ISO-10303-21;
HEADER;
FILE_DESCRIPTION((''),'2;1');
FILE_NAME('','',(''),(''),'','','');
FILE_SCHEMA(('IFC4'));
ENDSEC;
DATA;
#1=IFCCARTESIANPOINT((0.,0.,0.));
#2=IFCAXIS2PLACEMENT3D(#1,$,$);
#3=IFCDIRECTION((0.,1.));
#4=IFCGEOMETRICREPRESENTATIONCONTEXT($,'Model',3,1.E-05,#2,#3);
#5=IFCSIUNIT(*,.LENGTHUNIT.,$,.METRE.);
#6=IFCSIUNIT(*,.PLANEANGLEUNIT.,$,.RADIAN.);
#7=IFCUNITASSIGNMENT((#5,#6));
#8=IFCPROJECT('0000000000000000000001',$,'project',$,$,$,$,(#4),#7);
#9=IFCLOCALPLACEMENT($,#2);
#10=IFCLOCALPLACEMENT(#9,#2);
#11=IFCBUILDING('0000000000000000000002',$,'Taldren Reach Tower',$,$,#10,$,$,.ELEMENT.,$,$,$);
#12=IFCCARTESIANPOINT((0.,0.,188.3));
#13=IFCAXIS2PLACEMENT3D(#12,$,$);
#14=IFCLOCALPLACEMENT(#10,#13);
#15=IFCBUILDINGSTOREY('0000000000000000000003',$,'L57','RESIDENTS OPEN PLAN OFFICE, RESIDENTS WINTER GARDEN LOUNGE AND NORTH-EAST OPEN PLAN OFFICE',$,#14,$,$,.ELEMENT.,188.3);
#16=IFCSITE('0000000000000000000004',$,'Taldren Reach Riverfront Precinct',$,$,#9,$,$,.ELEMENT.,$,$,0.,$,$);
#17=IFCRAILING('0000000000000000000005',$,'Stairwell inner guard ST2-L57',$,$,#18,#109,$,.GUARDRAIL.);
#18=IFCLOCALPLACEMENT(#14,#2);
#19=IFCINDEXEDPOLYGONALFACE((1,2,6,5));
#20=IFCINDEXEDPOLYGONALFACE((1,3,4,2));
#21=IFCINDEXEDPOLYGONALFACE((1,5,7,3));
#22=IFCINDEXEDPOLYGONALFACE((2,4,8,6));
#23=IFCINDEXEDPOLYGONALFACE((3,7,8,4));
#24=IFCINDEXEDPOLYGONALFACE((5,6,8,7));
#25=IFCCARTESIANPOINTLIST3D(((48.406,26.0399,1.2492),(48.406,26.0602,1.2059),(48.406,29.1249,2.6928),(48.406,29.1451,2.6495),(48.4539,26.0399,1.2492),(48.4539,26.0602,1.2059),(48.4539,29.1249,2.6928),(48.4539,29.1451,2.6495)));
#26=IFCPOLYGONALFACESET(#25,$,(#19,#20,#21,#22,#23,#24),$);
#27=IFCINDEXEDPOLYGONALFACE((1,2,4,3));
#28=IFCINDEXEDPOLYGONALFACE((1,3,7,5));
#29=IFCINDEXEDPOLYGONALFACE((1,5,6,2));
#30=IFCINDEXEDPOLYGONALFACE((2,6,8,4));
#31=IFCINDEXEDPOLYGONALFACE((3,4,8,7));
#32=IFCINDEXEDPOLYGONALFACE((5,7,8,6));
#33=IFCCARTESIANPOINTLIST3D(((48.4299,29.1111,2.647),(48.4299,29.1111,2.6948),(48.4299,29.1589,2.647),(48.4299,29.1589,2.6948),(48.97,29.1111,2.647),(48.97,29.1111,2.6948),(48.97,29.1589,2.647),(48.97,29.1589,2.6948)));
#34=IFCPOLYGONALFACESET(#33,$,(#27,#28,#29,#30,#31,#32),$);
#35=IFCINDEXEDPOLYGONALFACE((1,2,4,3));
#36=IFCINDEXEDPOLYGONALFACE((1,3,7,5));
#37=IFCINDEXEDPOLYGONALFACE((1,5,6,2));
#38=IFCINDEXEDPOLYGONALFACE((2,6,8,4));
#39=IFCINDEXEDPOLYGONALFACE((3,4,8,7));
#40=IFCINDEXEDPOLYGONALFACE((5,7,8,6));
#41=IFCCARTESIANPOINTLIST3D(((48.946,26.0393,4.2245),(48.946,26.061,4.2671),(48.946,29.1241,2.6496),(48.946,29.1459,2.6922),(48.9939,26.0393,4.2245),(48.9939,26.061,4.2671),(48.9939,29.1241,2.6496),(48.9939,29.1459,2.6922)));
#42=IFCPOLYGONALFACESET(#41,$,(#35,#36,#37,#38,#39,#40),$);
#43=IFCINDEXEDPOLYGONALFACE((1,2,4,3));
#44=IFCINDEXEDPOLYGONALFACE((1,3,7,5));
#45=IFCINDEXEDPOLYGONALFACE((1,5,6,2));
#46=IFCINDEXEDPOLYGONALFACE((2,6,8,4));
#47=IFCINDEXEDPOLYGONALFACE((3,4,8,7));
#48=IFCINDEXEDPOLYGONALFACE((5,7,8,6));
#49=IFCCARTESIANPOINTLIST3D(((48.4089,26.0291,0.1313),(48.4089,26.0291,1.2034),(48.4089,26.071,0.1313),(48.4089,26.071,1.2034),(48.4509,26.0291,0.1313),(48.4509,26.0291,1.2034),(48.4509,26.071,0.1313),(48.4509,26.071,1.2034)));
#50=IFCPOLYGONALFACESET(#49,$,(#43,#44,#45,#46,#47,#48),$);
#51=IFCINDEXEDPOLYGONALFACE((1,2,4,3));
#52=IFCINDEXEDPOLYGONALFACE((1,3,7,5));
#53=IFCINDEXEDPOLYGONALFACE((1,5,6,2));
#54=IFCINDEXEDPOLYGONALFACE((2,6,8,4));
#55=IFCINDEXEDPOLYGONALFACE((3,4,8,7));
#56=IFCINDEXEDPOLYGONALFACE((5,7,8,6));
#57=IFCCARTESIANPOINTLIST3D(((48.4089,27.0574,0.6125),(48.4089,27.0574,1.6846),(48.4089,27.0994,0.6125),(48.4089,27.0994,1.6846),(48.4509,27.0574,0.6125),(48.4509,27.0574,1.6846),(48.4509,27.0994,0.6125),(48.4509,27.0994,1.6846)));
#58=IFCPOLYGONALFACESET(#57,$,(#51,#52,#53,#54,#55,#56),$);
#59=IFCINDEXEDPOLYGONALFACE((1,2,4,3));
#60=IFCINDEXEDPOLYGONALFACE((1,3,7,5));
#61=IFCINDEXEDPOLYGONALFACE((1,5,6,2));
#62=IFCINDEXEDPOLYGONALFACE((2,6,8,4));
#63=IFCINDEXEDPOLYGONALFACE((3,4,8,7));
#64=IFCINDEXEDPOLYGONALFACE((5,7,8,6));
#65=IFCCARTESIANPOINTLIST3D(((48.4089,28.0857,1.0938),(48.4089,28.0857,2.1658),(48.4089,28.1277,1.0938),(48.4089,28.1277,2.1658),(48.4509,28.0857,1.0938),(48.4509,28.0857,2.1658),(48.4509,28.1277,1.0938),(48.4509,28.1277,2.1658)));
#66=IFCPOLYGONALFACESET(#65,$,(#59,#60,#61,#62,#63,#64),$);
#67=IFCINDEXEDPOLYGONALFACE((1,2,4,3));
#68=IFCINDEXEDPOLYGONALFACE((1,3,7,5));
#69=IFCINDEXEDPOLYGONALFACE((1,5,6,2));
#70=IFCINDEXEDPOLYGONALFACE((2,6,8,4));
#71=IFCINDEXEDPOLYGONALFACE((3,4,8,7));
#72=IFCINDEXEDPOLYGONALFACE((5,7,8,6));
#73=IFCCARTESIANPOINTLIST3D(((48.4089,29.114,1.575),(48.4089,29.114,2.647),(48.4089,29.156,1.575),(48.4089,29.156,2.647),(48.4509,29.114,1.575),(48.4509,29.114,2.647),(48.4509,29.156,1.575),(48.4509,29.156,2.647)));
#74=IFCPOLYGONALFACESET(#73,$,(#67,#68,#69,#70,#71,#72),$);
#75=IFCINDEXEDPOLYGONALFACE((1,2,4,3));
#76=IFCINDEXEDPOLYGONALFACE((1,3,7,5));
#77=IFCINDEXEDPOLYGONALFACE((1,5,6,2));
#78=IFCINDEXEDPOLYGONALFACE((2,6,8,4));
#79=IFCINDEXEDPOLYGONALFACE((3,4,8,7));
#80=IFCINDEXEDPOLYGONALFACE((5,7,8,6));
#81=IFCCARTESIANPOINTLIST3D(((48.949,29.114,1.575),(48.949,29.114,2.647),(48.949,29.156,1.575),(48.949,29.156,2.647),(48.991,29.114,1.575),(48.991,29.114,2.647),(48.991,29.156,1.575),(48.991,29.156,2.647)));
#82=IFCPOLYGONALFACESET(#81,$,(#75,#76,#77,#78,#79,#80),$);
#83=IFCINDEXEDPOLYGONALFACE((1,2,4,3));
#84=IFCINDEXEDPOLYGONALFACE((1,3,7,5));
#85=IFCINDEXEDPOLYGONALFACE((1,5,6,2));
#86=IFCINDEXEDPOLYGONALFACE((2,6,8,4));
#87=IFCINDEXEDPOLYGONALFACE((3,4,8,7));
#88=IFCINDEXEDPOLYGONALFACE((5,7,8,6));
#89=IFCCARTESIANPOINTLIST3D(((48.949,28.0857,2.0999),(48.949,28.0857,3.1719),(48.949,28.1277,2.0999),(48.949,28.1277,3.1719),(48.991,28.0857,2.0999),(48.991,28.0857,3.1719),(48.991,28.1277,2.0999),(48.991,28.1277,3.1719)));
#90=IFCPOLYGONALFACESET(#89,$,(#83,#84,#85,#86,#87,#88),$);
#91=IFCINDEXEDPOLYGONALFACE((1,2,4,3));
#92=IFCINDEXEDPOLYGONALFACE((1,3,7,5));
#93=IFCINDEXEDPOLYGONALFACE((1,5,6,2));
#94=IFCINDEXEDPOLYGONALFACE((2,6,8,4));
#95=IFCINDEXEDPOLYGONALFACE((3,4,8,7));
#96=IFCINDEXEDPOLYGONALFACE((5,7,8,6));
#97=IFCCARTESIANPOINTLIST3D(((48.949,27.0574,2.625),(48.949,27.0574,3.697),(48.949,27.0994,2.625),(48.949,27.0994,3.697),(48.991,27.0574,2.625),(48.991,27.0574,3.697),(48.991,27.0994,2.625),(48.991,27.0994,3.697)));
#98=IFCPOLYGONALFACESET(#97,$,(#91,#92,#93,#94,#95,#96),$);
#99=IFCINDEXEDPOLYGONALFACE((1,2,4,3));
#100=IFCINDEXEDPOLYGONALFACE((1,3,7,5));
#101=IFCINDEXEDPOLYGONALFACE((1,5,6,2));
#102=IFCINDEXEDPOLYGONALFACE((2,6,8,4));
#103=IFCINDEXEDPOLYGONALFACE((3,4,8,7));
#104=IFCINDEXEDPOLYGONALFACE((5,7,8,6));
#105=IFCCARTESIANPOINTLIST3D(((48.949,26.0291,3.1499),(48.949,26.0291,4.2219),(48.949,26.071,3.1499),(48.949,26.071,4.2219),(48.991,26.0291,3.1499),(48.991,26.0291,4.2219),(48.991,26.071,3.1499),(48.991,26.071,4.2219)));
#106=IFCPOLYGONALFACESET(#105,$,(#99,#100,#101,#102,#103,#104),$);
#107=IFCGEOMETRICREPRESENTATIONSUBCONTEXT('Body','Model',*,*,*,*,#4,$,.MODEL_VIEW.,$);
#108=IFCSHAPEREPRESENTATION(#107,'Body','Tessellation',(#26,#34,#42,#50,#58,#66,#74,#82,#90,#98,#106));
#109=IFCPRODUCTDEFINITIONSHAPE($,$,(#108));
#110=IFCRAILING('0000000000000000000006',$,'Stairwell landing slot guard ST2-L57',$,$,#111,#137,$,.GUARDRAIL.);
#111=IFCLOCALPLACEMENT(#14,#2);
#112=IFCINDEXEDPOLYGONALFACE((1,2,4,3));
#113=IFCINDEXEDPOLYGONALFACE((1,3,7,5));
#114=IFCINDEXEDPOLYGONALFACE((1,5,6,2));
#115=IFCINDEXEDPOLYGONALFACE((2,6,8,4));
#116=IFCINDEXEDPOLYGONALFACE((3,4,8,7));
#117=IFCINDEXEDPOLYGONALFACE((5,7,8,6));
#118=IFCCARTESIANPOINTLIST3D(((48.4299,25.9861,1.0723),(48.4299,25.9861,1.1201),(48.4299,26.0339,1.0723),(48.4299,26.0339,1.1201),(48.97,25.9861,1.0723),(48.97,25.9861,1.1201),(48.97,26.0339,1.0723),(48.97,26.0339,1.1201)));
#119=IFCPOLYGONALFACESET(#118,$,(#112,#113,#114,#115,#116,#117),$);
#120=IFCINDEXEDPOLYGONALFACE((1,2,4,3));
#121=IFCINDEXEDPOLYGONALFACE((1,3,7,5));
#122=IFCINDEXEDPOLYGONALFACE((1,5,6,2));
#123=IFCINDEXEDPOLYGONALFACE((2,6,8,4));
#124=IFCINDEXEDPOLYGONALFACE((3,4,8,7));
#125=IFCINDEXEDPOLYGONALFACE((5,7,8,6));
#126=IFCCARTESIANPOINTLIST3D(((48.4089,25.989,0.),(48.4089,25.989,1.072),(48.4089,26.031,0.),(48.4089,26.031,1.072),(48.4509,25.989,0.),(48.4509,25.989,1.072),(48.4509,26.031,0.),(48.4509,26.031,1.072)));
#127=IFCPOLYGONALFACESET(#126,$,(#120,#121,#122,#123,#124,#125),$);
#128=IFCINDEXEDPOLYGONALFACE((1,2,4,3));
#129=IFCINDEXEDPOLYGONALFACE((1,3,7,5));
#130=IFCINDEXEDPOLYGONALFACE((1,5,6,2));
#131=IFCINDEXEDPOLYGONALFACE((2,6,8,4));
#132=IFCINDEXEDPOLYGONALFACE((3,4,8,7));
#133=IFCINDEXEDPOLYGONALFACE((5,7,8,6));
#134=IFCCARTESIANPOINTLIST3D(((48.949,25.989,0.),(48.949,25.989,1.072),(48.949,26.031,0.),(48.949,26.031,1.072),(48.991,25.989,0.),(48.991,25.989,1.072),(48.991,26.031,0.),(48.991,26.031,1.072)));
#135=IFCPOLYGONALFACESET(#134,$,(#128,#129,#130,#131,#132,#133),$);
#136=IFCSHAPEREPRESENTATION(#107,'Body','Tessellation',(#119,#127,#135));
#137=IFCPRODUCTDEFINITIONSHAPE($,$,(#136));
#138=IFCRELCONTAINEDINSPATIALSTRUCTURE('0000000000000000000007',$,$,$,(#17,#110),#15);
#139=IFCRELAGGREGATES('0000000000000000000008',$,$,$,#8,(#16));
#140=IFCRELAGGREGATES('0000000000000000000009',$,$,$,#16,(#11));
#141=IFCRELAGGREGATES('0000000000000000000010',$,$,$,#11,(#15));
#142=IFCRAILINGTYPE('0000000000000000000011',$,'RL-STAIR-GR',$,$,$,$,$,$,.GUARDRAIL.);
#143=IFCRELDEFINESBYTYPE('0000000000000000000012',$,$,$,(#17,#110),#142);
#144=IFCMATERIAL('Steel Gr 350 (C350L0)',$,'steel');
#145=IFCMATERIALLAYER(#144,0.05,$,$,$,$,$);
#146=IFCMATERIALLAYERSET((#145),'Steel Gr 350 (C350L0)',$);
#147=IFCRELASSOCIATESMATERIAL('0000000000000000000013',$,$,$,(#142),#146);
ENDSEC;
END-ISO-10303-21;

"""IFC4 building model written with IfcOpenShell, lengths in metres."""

from ifc_helpers import new_model, si_unit, direction, frame, origin, origin_2d, place, context, subcontext, project, spatial, rectangle, extrude, material, layer, layer_set, type_object, element, save


model = new_model("IFC4")

# Units and contexts
model_context = context("Model", 3, precision=1e-05, world=origin(), true_north=direction((0.0, 1.0)))
body_context = subcontext(model_context, "Body", "Model", "MODEL_VIEW")
ifc_project = project(units=[si_unit("LENGTHUNIT", "METRE"), si_unit("PLANEANGLEUNIT", "RADIAN")], contexts=[model_context])

# Site, building, storey
site_placement = place(None, origin())
site = spatial("IfcSite", under=ifc_project, at=site_placement, Name="Taldren Reach Riverfront Precinct", CompositionType="ELEMENT", RefElevation=0.0)
building_placement = place(site_placement, origin())
building = spatial("IfcBuilding", under=site, at=building_placement, Name="Taldren Reach Tower", CompositionType="ELEMENT")
storey_placement = place(building_placement, frame((0.0, 0.0, 188.3)))
storey = spatial("IfcBuildingStorey", under=building, at=storey_placement, Name="L57", Description="RESIDENTS OPEN PLAN OFFICE, RESIDENTS WINTER GARDEN LOUNGE AND NORTH-EAST OPEN PLAN OFFICE", CompositionType="ELEMENT", Elevation=188.3)

# Shared definitions
ifc_material_1 = material(Name="Steel Gr 350 (C350L0)", Category="steel")

# Railings
ifc_layer_1 = layer(ifc_material_1, 0.05)
ifc_layer_set_1 = layer_set([ifc_layer_1], Name="Steel Gr 350 (C350L0)")
railing_type_1 = type_object("IfcRailingType", Name="RL-STAIR-GR", PredefinedType="GUARDRAIL", material=ifc_layer_set_1)
railing_1_placement = place(storey_placement, frame((48.4299, 26.05, 0.1313)))
element("IfcRailing", 1, at=railing_1_placement, inside=storey, type_object=railing_type_1, Name="Stairwell inner guard ST2-L57", PredefinedType="GUARDRAIL", context=body_context, shape_type="SweptSolid", body=[
    extrude(rectangle(XDim=0.0479, YDim=0.0479, at=origin_2d()), frame((0.0, 0.0, 1.0962), z_axis=(0.0, 0.905738, 0.423839), x_axis=(-1.0, 0.0, 0.0)), (0.0, 0.0, 1.0), 3.406),
    extrude(rectangle(XDim=0.0479, YDim=0.0479, at=origin_2d()), frame((0.0, 3.085, 2.5396), z_axis=(1.0, 0.0, 0.0), x_axis=(0.0, 1.0, 0.0)), (0.0, 0.0, 1.0), 0.54),
    extrude(rectangle(XDim=0.0479, YDim=0.0479, at=origin_2d()), frame((0.54, 3.085, 2.5396), z_axis=(0.0, -0.890646, 0.454697), x_axis=(1.0, 0.0, 0.0)), (0.0, 0.0, 1.0), 3.4636),
    extrude(rectangle(XDim=0.042, YDim=0.042, at=origin_2d()), origin(), (0.0, 0.0, 1.0), 1.072),
    extrude(rectangle(XDim=0.042, YDim=0.042, at=origin_2d()), frame((0.0, 1.0283, 0.4812)), (0.0, 0.0, 1.0), 1.072),
    extrude(rectangle(XDim=0.042, YDim=0.042, at=origin_2d()), frame((0.0, 2.0566, 0.9624)), (0.0, 0.0, 1.0), 1.072),
    extrude(rectangle(XDim=0.042, YDim=0.042, at=origin_2d()), frame((0.0, 3.085, 1.4436)), (0.0, 0.0, 1.0), 1.072),
    extrude(rectangle(XDim=0.042, YDim=0.042, at=origin_2d()), frame((0.54, 3.085, 1.4436)), (0.0, 0.0, 1.0), 1.072),
    extrude(rectangle(XDim=0.042, YDim=0.042, at=origin_2d()), frame((0.54, 2.0566, 1.9685)), (0.0, 0.0, 1.0), 1.072),
    extrude(rectangle(XDim=0.042, YDim=0.042, at=origin_2d()), frame((0.54, 1.0283, 2.4937)), (0.0, 0.0, 1.0), 1.072),
    extrude(rectangle(XDim=0.042, YDim=0.042, at=origin_2d()), frame((0.54, 0.0, 3.0186)), (0.0, 0.0, 1.0), 1.072),
])
railing_2_placement = place(storey_placement, frame((48.4299, 26.01, 0.0)))
element("IfcRailing", 2, at=railing_2_placement, inside=storey, type_object=railing_type_1, Name="Stairwell landing slot guard ST2-L57", PredefinedType="GUARDRAIL", context=body_context, shape_type="SweptSolid", body=[
    extrude(rectangle(XDim=0.0479, YDim=0.0479, at=origin_2d()), frame((0.0, 0.0, 1.0962), z_axis=(1.0, 0.0, 0.0), x_axis=(0.0, 1.0, 0.0)), (0.0, 0.0, 1.0), 0.54),
    extrude(rectangle(XDim=0.042, YDim=0.042, at=origin_2d()), origin(), (0.0, 0.0, 1.0), 1.072),
    extrude(rectangle(XDim=0.042, YDim=0.042, at=origin_2d()), frame((0.54, 0.0, 0.0)), (0.0, 0.0, 1.0), 1.072),
])

save(model, "model.ifc")
